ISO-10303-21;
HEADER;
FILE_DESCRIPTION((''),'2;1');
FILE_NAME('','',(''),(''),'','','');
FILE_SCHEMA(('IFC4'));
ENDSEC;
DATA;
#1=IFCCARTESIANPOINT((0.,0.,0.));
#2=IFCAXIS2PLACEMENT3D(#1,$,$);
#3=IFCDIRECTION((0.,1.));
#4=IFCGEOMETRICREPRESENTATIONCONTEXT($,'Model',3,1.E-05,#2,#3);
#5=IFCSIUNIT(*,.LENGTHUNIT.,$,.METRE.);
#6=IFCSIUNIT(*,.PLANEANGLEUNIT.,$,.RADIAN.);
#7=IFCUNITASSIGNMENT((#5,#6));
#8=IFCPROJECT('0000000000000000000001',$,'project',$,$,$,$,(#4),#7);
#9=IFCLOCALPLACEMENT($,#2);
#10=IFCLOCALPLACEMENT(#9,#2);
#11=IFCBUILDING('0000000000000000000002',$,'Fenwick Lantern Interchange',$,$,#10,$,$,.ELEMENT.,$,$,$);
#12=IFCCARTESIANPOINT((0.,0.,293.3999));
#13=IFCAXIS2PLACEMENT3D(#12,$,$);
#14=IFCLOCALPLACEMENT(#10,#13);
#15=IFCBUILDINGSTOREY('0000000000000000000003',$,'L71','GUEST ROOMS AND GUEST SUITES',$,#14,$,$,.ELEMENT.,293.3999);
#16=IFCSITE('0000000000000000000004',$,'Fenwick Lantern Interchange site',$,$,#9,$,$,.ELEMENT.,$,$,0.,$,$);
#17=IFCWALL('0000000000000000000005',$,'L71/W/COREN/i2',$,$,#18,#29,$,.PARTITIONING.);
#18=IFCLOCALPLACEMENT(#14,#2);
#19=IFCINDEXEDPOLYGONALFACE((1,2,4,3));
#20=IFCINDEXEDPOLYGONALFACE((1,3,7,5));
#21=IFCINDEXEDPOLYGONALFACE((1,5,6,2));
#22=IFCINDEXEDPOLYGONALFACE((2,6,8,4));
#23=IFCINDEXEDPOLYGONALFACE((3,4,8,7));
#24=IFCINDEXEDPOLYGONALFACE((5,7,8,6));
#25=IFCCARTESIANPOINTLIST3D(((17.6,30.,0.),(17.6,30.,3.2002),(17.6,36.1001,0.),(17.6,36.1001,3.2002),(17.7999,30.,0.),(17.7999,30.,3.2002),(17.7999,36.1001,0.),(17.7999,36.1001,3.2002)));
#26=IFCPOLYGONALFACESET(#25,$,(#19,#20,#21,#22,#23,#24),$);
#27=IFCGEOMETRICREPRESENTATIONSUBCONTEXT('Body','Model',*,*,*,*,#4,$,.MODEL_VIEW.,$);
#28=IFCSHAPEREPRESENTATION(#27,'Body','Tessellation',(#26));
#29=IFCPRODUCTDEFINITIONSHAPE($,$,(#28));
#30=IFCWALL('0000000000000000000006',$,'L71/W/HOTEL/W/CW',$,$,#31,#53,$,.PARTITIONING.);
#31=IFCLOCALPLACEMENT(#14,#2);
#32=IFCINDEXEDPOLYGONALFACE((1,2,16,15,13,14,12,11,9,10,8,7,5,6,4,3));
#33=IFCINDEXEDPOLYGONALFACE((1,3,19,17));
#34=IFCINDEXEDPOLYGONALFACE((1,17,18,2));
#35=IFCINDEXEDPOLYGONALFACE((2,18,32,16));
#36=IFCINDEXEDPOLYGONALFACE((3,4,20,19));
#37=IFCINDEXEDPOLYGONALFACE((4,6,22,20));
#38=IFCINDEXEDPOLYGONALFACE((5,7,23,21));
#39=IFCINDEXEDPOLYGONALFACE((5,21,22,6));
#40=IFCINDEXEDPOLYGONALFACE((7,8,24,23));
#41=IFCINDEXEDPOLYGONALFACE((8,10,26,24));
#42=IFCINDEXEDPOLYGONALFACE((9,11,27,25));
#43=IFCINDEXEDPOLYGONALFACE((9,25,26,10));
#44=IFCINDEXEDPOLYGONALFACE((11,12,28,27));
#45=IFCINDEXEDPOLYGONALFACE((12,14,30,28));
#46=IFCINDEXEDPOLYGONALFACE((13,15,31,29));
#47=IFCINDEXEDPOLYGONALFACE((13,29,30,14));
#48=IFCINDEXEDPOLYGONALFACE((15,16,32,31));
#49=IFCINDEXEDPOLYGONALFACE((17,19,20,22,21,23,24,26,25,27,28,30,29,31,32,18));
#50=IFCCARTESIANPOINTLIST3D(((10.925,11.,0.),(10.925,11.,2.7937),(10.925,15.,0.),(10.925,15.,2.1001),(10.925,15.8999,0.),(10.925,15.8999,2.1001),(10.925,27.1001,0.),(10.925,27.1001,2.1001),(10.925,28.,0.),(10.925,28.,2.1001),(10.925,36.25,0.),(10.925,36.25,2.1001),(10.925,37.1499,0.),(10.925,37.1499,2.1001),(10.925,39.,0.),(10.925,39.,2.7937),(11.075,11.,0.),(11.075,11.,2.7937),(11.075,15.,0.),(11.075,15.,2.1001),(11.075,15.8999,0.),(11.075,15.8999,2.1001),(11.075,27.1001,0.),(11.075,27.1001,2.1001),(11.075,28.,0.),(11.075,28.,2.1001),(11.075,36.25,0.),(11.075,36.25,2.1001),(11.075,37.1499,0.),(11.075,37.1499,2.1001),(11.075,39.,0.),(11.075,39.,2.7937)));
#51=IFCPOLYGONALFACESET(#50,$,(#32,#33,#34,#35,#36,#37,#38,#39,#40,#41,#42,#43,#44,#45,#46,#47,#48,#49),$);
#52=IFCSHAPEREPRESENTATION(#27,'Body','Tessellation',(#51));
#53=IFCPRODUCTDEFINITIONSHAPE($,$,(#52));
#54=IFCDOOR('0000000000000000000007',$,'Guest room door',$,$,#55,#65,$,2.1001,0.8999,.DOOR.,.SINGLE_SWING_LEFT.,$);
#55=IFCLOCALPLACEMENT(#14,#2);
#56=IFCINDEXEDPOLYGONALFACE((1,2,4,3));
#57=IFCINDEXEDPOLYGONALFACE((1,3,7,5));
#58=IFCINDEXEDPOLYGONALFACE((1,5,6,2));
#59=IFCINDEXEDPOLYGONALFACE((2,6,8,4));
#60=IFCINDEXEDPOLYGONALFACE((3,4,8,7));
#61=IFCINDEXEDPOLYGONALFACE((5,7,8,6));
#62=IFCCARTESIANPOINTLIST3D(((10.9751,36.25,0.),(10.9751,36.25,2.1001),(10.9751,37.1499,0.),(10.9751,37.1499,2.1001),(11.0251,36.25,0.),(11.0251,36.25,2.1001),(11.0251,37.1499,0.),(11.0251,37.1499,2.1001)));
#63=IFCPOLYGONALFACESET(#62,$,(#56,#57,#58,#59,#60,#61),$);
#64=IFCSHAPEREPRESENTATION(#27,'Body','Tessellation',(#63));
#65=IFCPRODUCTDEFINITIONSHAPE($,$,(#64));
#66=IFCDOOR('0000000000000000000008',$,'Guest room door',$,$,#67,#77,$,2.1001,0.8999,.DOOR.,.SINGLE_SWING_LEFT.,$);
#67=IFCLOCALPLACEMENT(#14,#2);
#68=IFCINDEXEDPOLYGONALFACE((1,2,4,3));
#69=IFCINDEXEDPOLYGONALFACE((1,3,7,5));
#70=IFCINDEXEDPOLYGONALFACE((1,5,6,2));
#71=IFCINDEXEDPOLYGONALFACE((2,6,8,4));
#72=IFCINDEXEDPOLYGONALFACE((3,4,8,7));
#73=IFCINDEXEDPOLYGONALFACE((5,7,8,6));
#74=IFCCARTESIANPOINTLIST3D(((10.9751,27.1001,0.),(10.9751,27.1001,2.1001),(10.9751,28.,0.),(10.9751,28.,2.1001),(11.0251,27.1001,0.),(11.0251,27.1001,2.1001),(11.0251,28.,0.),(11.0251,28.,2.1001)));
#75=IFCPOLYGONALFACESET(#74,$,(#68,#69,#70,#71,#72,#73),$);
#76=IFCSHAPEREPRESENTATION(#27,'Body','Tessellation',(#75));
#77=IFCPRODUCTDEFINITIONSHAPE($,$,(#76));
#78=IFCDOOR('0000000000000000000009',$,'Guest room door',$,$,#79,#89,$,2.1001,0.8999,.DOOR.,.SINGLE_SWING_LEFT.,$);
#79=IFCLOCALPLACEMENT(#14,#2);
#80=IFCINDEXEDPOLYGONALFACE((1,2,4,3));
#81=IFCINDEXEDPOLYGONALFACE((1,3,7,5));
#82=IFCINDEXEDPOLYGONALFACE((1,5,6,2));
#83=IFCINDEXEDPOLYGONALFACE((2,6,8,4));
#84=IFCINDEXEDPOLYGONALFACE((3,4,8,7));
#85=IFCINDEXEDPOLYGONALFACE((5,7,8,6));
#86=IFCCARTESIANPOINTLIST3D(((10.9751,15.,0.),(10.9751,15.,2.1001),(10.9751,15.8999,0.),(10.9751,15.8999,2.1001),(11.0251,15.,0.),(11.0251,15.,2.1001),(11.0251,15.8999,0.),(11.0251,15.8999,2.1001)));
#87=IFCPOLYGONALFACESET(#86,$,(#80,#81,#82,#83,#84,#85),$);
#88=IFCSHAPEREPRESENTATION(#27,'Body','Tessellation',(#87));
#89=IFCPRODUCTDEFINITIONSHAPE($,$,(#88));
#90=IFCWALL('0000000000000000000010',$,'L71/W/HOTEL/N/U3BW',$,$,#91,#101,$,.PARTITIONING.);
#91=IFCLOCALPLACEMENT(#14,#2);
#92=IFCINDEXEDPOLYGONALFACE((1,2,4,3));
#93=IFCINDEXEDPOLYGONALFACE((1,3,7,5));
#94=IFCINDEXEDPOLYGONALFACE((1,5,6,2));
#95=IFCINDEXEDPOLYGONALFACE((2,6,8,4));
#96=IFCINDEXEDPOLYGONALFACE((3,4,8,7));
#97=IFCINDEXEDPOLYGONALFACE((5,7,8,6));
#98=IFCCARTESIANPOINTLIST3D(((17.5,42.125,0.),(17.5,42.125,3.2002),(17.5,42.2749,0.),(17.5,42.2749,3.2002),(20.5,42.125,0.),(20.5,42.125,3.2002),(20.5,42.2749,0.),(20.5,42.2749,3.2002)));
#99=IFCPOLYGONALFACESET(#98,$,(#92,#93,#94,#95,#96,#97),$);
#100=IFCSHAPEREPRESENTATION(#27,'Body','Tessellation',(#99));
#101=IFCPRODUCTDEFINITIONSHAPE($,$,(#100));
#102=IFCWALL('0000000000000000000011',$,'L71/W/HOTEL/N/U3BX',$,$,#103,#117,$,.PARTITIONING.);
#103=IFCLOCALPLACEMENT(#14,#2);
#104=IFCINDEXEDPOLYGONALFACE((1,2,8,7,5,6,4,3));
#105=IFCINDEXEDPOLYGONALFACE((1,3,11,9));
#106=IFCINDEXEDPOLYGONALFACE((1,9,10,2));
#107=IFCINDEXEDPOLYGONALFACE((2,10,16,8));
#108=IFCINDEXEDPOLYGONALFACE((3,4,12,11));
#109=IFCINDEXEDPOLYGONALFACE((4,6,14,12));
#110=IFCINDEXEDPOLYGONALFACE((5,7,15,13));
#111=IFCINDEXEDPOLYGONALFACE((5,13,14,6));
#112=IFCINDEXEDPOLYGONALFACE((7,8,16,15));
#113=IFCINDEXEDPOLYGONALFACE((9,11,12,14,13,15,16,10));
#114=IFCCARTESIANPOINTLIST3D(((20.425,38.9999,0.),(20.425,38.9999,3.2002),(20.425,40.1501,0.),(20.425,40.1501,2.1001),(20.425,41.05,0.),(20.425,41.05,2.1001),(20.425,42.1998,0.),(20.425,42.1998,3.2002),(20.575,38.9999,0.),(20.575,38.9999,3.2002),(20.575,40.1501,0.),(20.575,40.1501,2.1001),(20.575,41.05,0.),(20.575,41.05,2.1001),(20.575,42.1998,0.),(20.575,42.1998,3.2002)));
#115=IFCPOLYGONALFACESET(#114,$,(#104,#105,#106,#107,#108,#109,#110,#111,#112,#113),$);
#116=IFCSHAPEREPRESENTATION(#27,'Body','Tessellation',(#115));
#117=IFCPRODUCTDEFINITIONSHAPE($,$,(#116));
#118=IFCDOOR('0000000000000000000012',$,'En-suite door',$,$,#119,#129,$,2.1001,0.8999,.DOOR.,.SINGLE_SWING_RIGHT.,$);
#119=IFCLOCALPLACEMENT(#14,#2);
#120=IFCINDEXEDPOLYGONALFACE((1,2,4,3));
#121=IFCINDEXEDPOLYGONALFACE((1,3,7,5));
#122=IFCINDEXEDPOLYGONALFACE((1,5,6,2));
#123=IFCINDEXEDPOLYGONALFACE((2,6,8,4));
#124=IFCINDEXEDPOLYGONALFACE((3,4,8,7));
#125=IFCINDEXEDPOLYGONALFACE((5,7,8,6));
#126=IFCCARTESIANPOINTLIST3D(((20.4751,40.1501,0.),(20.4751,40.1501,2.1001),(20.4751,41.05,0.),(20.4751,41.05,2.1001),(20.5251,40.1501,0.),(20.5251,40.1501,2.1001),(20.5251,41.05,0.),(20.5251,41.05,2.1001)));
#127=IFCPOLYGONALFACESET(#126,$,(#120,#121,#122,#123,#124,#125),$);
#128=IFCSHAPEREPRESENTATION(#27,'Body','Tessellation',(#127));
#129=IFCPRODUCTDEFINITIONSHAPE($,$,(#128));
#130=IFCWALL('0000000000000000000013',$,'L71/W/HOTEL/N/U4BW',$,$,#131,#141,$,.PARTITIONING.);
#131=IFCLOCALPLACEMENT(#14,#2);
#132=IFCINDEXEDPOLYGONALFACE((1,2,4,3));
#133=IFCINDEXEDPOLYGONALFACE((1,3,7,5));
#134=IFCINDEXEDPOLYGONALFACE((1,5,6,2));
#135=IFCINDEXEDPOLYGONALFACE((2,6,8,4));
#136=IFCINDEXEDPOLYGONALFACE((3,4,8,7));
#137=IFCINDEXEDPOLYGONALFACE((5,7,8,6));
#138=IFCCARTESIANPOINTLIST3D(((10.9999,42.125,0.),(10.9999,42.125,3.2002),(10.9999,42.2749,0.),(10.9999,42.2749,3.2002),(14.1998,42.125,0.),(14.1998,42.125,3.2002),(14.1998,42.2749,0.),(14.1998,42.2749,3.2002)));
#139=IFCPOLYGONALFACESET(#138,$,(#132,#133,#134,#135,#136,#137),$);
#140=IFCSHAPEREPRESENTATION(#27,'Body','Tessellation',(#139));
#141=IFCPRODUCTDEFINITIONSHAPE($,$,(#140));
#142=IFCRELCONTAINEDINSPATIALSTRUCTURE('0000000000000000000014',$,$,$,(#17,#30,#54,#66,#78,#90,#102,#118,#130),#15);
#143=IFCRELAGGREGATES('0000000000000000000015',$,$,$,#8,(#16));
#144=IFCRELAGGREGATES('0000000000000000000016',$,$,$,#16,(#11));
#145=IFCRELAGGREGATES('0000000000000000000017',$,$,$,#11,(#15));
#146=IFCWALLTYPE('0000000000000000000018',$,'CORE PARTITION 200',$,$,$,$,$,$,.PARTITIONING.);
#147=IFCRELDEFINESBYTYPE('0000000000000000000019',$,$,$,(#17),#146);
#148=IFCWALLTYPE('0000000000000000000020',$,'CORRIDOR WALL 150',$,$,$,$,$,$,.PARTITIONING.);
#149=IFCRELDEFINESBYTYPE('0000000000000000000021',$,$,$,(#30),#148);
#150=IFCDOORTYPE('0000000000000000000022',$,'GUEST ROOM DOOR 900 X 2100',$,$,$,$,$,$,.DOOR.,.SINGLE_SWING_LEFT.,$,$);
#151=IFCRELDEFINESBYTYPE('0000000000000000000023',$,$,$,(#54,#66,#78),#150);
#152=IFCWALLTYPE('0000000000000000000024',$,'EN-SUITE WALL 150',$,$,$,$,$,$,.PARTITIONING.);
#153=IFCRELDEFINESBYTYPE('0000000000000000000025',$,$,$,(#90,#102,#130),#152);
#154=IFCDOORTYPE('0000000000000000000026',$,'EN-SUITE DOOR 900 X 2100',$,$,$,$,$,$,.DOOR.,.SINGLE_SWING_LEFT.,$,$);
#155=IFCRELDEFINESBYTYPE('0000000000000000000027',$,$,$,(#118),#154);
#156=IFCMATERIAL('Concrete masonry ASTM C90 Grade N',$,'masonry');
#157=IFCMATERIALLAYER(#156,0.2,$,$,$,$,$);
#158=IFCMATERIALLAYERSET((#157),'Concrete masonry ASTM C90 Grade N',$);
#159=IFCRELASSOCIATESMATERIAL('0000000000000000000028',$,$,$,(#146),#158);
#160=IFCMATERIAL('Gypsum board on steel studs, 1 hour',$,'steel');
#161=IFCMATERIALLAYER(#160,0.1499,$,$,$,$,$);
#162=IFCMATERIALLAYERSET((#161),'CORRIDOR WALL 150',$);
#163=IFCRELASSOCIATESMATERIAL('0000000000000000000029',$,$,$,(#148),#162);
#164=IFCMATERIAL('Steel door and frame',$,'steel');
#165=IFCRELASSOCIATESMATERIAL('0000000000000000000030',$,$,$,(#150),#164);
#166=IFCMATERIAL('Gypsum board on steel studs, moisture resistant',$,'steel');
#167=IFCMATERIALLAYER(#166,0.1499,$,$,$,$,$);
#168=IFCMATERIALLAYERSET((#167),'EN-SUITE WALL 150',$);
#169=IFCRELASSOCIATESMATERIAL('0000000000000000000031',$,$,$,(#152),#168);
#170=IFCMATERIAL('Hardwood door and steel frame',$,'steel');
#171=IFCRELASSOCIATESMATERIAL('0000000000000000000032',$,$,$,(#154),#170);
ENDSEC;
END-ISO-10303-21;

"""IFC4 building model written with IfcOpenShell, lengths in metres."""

from ifc_helpers import new_model, si_unit, direction, frame, frame_2d, origin, place, context, subcontext, project, spatial, rectangle, extrude, material, layer, layer_set, type_object, element, fill, save


model = new_model("IFC4")

# Units and contexts
model_context = context("Model", 3, precision=1e-05, world=origin(), true_north=direction((0.0, 1.0)))
body_context = subcontext(model_context, "Body", "Model", "MODEL_VIEW")
ifc_project = project(units=[si_unit("LENGTHUNIT", "METRE"), si_unit("PLANEANGLEUNIT", "RADIAN")], contexts=[model_context])

# Site, building, storey
site_placement = place(None, origin())
site = spatial("IfcSite", under=ifc_project, at=site_placement, Name="Fenwick Lantern Interchange site", CompositionType="ELEMENT", RefElevation=0.0)
building_placement = place(site_placement, origin())
building = spatial("IfcBuilding", under=site, at=building_placement, Name="Fenwick Lantern Interchange", CompositionType="ELEMENT")
storey_placement = place(building_placement, frame((0.0, 0.0, 293.3999)))
storey = spatial("IfcBuildingStorey", under=building, at=storey_placement, Name="L71", Description="GUEST ROOMS AND GUEST SUITES", CompositionType="ELEMENT", Elevation=293.3999)

# Shared definitions
ifc_material_1 = material(Name="Concrete masonry ASTM C90 Grade N", Category="masonry")
ifc_layer_1 = layer(ifc_material_1, 0.2)
ifc_layer_set_1 = layer_set([ifc_layer_1], Name="Concrete masonry ASTM C90 Grade N")
wall_type_1 = type_object("IfcWallType", Name="CORE PARTITION 200", PredefinedType="PARTITIONING", material=ifc_layer_set_1)

# Shared definitions
ifc_material_2 = material(Name="Steel door and frame", Category="steel")

# Wall
wall_1_placement = place(storey_placement, frame((17.7, 36.1001, 0.0), z_axis=(0.0, 0.0, 1.0), x_axis=(0.0, -1.0, 0.0)))
element("IfcWall", 1, at=wall_1_placement, inside=storey, type_object=wall_type_1, Name="L71/W/COREN/i2", PredefinedType="PARTITIONING", context=body_context, shape_type="SweptSolid", body=[
    extrude(rectangle(XDim=6.1001, YDim=0.2, at=frame_2d((3.05, 0.0))), origin(), (0.0, 0.0, 1.0), 3.2002),
])

# Wall, openings, doors
ifc_material_3 = material(Name="Hardwood door and steel frame", Category="steel")
ifc_material_4 = material(Name="Gypsum board on steel studs, 1 hour", Category="steel")
ifc_layer_2 = layer(ifc_material_4, 0.1499)
ifc_layer_set_2 = layer_set([ifc_layer_2], Name="CORRIDOR WALL 150")
wall_type_2 = type_object("IfcWallType", Name="CORRIDOR WALL 150", PredefinedType="PARTITIONING", material=ifc_layer_set_2)
wall_2_placement = place(storey_placement, frame((11.0, 39.0, 0.0), z_axis=(0.0, 0.0, 1.0), x_axis=(0.0, -1.0, 0.0)))
wall_2 = element("IfcWall", 2, at=wall_2_placement, inside=storey, type_object=wall_type_2, Name="L71/W/HOTEL/W/CW", PredefinedType="PARTITIONING", context=body_context, shape_type="SweptSolid", body=[
    extrude(rectangle(XDim=28.0, YDim=0.1499, at=frame_2d((14.0, 0.0))), origin(), (0.0, 0.0, 1.0), 2.7937),
])
opening_1_placement = place(wall_2_placement, frame((1.8501, 0.0, 0.0)))
opening_1 = element("IfcOpeningElement", 3, at=opening_1_placement, cuts=wall_2, PredefinedType="OPENING", context=body_context, shape_type="SweptSolid", body=[
    extrude(rectangle(XDim=0.8999, YDim=2.1001, at=frame_2d((0.45, 1.05))), frame((0.0, 0.085, 0.0), z_axis=(0.0, -1.0, 0.0), x_axis=(1.0, 0.0, 0.0)), (0.0, 0.0, 1.0), 0.1699),
])
opening_2_placement = place(wall_2_placement, frame((11.0, 0.0, 0.0)))
opening_2 = element("IfcOpeningElement", 4, at=opening_2_placement, cuts=wall_2, PredefinedType="OPENING", context=body_context, shape_type="SweptSolid", body=[
    extrude(rectangle(XDim=0.8999, YDim=2.1001, at=frame_2d((0.45, 1.05))), frame((0.0, 0.085, 0.0), z_axis=(0.0, -1.0, 0.0), x_axis=(1.0, 0.0, 0.0)), (0.0, 0.0, 1.0), 0.1699),
])
opening_3_placement = place(wall_2_placement, frame((23.1001, 0.0, 0.0)))
opening_3 = element("IfcOpeningElement", 5, at=opening_3_placement, cuts=wall_2, PredefinedType="OPENING", context=body_context, shape_type="SweptSolid", body=[
    extrude(rectangle(XDim=0.8999, YDim=2.1001, at=frame_2d((0.45, 1.05))), frame((0.0, 0.085, 0.0), z_axis=(0.0, -1.0, 0.0), x_axis=(1.0, 0.0, 0.0)), (0.0, 0.0, 1.0), 0.1699),
])
door_type_1 = type_object("IfcDoorType", Name="GUEST ROOM DOOR 900 X 2100", OperationType="SINGLE_SWING_LEFT", PredefinedType="DOOR", material=ifc_material_2)
door_1_placement = place(opening_1_placement, frame((0.8999, 0.0, 0.0), z_axis=(0.0, 0.0, 1.0), x_axis=(-1.0, 0.0, 0.0)))
door_1 = element("IfcDoor", 6, at=door_1_placement, inside=storey, type_object=door_type_1, Name="Guest room door", OperationType="SINGLE_SWING_LEFT", OverallHeight=2.1001, OverallWidth=0.8999, PredefinedType="DOOR", context=body_context, shape_type="SweptSolid", body=[
    extrude(rectangle(XDim=0.8999, YDim=2.1001, at=frame_2d((0.45, 1.05))), frame((0.0, 0.0249, 0.0), z_axis=(0.0, -1.0, 0.0), x_axis=(1.0, 0.0, 0.0)), (0.0, 0.0, 1.0), 0.05),
])
fill(opening_1, door_1)
door_2_placement = place(opening_2_placement, frame((0.8999, 0.0, 0.0), z_axis=(0.0, 0.0, 1.0), x_axis=(-1.0, 0.0, 0.0)))
door_2 = element("IfcDoor", 7, at=door_2_placement, inside=storey, type_object=door_type_1, Name="Guest room door", OperationType="SINGLE_SWING_LEFT", OverallHeight=2.1001, OverallWidth=0.8999, PredefinedType="DOOR", context=body_context, shape_type="SweptSolid", body=[
    extrude(rectangle(XDim=0.8999, YDim=2.1001, at=frame_2d((0.45, 1.05))), frame((0.0, 0.0249, 0.0), z_axis=(0.0, -1.0, 0.0), x_axis=(1.0, 0.0, 0.0)), (0.0, 0.0, 1.0), 0.05),
])
fill(opening_2, door_2)
door_3_placement = place(opening_3_placement, frame((0.8999, 0.0, 0.0), z_axis=(0.0, 0.0, 1.0), x_axis=(-1.0, 0.0, 0.0)))
door_3 = element("IfcDoor", 8, at=door_3_placement, inside=storey, type_object=door_type_1, Name="Guest room door", OperationType="SINGLE_SWING_LEFT", OverallHeight=2.1001, OverallWidth=0.8999, PredefinedType="DOOR", context=body_context, shape_type="SweptSolid", body=[
    extrude(rectangle(XDim=0.8999, YDim=2.1001, at=frame_2d((0.45, 1.05))), frame((0.0, 0.0249, 0.0), z_axis=(0.0, -1.0, 0.0), x_axis=(1.0, 0.0, 0.0)), (0.0, 0.0, 1.0), 0.05),
])
fill(opening_3, door_3)

# Wall
ifc_material_5 = material(Name="Gypsum board on steel studs, moisture resistant", Category="steel")
ifc_layer_3 = layer(ifc_material_5, 0.1499)
ifc_layer_set_3 = layer_set([ifc_layer_3], Name="EN-SUITE WALL 150")
wall_type_3 = type_object("IfcWallType", Name="EN-SUITE WALL 150", PredefinedType="PARTITIONING", material=ifc_layer_set_3)
wall_3_placement = place(storey_placement, frame((20.5, 42.2, 0.0), z_axis=(0.0, 0.0, 1.0), x_axis=(-1.0, 0.0, 0.0)))
element("IfcWall", 9, at=wall_3_placement, inside=storey, type_object=wall_type_3, Name="L71/W/HOTEL/N/U3BW", PredefinedType="PARTITIONING", context=body_context, shape_type="SweptSolid", body=[
    extrude(rectangle(XDim=3.0, YDim=0.1499, at=frame_2d((1.5, 0.0))), origin(), (0.0, 0.0, 1.0), 3.2002),
])

# Wall, opening, door
wall_4_placement = place(storey_placement, frame((20.5, 42.2, 0.0), z_axis=(0.0, 0.0, 1.0), x_axis=(0.0, -1.0, 0.0)))
wall_4 = element("IfcWall", 10, at=wall_4_placement, inside=storey, type_object=wall_type_3, Name="L71/W/HOTEL/N/U3BX", PredefinedType="PARTITIONING", context=body_context, shape_type="SweptSolid", body=[
    extrude(rectangle(XDim=3.2, YDim=0.1499, at=frame_2d((1.6001, 0.0))), origin(), (0.0, 0.0, 1.0), 3.2002),
])
opening_4_placement = place(wall_4_placement, frame((1.1499, 0.0, 0.0)))
opening_4 = element("IfcOpeningElement", 11, at=opening_4_placement, cuts=wall_4, PredefinedType="OPENING", context=body_context, shape_type="SweptSolid", body=[
    extrude(rectangle(XDim=0.8999, YDim=2.1001, at=frame_2d((0.45, 1.05))), frame((0.0, 0.085, 0.0), z_axis=(0.0, -1.0, 0.0), x_axis=(1.0, 0.0, 0.0)), (0.0, 0.0, 1.0), 0.1699),
])
door_type_2 = type_object("IfcDoorType", Name="EN-SUITE DOOR 900 X 2100", OperationType="SINGLE_SWING_LEFT", PredefinedType="DOOR", material=ifc_material_3)
door_4_placement = place(opening_4_placement, frame((0.8999, 0.0, 0.0), z_axis=(0.0, 0.0, 1.0), x_axis=(-1.0, 0.0, 0.0)))
door_4 = element("IfcDoor", 12, at=door_4_placement, inside=storey, type_object=door_type_2, Name="En-suite door", OperationType="SINGLE_SWING_RIGHT", OverallHeight=2.1001, OverallWidth=0.8999, PredefinedType="DOOR", context=body_context, shape_type="SweptSolid", body=[
    extrude(rectangle(XDim=0.8999, YDim=2.1001, at=frame_2d((0.45, 1.05))), frame((0.0, 0.0249, 0.0), z_axis=(0.0, -1.0, 0.0), x_axis=(1.0, 0.0, 0.0)), (0.0, 0.0, 1.0), 0.05),
])
fill(opening_4, door_4)

# Wall
wall_5_placement = place(storey_placement, frame((14.2, 42.2, 0.0), z_axis=(0.0, 0.0, 1.0), x_axis=(-1.0, 0.0, 0.0)))
element("IfcWall", 13, at=wall_5_placement, inside=storey, type_object=wall_type_3, Name="L71/W/HOTEL/N/U4BW", PredefinedType="PARTITIONING", context=body_context, shape_type="SweptSolid", body=[
    extrude(rectangle(XDim=3.2, YDim=0.1499, at=frame_2d((1.6001, 0.0))), origin(), (0.0, 0.0, 1.0), 3.2002),
])

save(model, "model.ifc")
